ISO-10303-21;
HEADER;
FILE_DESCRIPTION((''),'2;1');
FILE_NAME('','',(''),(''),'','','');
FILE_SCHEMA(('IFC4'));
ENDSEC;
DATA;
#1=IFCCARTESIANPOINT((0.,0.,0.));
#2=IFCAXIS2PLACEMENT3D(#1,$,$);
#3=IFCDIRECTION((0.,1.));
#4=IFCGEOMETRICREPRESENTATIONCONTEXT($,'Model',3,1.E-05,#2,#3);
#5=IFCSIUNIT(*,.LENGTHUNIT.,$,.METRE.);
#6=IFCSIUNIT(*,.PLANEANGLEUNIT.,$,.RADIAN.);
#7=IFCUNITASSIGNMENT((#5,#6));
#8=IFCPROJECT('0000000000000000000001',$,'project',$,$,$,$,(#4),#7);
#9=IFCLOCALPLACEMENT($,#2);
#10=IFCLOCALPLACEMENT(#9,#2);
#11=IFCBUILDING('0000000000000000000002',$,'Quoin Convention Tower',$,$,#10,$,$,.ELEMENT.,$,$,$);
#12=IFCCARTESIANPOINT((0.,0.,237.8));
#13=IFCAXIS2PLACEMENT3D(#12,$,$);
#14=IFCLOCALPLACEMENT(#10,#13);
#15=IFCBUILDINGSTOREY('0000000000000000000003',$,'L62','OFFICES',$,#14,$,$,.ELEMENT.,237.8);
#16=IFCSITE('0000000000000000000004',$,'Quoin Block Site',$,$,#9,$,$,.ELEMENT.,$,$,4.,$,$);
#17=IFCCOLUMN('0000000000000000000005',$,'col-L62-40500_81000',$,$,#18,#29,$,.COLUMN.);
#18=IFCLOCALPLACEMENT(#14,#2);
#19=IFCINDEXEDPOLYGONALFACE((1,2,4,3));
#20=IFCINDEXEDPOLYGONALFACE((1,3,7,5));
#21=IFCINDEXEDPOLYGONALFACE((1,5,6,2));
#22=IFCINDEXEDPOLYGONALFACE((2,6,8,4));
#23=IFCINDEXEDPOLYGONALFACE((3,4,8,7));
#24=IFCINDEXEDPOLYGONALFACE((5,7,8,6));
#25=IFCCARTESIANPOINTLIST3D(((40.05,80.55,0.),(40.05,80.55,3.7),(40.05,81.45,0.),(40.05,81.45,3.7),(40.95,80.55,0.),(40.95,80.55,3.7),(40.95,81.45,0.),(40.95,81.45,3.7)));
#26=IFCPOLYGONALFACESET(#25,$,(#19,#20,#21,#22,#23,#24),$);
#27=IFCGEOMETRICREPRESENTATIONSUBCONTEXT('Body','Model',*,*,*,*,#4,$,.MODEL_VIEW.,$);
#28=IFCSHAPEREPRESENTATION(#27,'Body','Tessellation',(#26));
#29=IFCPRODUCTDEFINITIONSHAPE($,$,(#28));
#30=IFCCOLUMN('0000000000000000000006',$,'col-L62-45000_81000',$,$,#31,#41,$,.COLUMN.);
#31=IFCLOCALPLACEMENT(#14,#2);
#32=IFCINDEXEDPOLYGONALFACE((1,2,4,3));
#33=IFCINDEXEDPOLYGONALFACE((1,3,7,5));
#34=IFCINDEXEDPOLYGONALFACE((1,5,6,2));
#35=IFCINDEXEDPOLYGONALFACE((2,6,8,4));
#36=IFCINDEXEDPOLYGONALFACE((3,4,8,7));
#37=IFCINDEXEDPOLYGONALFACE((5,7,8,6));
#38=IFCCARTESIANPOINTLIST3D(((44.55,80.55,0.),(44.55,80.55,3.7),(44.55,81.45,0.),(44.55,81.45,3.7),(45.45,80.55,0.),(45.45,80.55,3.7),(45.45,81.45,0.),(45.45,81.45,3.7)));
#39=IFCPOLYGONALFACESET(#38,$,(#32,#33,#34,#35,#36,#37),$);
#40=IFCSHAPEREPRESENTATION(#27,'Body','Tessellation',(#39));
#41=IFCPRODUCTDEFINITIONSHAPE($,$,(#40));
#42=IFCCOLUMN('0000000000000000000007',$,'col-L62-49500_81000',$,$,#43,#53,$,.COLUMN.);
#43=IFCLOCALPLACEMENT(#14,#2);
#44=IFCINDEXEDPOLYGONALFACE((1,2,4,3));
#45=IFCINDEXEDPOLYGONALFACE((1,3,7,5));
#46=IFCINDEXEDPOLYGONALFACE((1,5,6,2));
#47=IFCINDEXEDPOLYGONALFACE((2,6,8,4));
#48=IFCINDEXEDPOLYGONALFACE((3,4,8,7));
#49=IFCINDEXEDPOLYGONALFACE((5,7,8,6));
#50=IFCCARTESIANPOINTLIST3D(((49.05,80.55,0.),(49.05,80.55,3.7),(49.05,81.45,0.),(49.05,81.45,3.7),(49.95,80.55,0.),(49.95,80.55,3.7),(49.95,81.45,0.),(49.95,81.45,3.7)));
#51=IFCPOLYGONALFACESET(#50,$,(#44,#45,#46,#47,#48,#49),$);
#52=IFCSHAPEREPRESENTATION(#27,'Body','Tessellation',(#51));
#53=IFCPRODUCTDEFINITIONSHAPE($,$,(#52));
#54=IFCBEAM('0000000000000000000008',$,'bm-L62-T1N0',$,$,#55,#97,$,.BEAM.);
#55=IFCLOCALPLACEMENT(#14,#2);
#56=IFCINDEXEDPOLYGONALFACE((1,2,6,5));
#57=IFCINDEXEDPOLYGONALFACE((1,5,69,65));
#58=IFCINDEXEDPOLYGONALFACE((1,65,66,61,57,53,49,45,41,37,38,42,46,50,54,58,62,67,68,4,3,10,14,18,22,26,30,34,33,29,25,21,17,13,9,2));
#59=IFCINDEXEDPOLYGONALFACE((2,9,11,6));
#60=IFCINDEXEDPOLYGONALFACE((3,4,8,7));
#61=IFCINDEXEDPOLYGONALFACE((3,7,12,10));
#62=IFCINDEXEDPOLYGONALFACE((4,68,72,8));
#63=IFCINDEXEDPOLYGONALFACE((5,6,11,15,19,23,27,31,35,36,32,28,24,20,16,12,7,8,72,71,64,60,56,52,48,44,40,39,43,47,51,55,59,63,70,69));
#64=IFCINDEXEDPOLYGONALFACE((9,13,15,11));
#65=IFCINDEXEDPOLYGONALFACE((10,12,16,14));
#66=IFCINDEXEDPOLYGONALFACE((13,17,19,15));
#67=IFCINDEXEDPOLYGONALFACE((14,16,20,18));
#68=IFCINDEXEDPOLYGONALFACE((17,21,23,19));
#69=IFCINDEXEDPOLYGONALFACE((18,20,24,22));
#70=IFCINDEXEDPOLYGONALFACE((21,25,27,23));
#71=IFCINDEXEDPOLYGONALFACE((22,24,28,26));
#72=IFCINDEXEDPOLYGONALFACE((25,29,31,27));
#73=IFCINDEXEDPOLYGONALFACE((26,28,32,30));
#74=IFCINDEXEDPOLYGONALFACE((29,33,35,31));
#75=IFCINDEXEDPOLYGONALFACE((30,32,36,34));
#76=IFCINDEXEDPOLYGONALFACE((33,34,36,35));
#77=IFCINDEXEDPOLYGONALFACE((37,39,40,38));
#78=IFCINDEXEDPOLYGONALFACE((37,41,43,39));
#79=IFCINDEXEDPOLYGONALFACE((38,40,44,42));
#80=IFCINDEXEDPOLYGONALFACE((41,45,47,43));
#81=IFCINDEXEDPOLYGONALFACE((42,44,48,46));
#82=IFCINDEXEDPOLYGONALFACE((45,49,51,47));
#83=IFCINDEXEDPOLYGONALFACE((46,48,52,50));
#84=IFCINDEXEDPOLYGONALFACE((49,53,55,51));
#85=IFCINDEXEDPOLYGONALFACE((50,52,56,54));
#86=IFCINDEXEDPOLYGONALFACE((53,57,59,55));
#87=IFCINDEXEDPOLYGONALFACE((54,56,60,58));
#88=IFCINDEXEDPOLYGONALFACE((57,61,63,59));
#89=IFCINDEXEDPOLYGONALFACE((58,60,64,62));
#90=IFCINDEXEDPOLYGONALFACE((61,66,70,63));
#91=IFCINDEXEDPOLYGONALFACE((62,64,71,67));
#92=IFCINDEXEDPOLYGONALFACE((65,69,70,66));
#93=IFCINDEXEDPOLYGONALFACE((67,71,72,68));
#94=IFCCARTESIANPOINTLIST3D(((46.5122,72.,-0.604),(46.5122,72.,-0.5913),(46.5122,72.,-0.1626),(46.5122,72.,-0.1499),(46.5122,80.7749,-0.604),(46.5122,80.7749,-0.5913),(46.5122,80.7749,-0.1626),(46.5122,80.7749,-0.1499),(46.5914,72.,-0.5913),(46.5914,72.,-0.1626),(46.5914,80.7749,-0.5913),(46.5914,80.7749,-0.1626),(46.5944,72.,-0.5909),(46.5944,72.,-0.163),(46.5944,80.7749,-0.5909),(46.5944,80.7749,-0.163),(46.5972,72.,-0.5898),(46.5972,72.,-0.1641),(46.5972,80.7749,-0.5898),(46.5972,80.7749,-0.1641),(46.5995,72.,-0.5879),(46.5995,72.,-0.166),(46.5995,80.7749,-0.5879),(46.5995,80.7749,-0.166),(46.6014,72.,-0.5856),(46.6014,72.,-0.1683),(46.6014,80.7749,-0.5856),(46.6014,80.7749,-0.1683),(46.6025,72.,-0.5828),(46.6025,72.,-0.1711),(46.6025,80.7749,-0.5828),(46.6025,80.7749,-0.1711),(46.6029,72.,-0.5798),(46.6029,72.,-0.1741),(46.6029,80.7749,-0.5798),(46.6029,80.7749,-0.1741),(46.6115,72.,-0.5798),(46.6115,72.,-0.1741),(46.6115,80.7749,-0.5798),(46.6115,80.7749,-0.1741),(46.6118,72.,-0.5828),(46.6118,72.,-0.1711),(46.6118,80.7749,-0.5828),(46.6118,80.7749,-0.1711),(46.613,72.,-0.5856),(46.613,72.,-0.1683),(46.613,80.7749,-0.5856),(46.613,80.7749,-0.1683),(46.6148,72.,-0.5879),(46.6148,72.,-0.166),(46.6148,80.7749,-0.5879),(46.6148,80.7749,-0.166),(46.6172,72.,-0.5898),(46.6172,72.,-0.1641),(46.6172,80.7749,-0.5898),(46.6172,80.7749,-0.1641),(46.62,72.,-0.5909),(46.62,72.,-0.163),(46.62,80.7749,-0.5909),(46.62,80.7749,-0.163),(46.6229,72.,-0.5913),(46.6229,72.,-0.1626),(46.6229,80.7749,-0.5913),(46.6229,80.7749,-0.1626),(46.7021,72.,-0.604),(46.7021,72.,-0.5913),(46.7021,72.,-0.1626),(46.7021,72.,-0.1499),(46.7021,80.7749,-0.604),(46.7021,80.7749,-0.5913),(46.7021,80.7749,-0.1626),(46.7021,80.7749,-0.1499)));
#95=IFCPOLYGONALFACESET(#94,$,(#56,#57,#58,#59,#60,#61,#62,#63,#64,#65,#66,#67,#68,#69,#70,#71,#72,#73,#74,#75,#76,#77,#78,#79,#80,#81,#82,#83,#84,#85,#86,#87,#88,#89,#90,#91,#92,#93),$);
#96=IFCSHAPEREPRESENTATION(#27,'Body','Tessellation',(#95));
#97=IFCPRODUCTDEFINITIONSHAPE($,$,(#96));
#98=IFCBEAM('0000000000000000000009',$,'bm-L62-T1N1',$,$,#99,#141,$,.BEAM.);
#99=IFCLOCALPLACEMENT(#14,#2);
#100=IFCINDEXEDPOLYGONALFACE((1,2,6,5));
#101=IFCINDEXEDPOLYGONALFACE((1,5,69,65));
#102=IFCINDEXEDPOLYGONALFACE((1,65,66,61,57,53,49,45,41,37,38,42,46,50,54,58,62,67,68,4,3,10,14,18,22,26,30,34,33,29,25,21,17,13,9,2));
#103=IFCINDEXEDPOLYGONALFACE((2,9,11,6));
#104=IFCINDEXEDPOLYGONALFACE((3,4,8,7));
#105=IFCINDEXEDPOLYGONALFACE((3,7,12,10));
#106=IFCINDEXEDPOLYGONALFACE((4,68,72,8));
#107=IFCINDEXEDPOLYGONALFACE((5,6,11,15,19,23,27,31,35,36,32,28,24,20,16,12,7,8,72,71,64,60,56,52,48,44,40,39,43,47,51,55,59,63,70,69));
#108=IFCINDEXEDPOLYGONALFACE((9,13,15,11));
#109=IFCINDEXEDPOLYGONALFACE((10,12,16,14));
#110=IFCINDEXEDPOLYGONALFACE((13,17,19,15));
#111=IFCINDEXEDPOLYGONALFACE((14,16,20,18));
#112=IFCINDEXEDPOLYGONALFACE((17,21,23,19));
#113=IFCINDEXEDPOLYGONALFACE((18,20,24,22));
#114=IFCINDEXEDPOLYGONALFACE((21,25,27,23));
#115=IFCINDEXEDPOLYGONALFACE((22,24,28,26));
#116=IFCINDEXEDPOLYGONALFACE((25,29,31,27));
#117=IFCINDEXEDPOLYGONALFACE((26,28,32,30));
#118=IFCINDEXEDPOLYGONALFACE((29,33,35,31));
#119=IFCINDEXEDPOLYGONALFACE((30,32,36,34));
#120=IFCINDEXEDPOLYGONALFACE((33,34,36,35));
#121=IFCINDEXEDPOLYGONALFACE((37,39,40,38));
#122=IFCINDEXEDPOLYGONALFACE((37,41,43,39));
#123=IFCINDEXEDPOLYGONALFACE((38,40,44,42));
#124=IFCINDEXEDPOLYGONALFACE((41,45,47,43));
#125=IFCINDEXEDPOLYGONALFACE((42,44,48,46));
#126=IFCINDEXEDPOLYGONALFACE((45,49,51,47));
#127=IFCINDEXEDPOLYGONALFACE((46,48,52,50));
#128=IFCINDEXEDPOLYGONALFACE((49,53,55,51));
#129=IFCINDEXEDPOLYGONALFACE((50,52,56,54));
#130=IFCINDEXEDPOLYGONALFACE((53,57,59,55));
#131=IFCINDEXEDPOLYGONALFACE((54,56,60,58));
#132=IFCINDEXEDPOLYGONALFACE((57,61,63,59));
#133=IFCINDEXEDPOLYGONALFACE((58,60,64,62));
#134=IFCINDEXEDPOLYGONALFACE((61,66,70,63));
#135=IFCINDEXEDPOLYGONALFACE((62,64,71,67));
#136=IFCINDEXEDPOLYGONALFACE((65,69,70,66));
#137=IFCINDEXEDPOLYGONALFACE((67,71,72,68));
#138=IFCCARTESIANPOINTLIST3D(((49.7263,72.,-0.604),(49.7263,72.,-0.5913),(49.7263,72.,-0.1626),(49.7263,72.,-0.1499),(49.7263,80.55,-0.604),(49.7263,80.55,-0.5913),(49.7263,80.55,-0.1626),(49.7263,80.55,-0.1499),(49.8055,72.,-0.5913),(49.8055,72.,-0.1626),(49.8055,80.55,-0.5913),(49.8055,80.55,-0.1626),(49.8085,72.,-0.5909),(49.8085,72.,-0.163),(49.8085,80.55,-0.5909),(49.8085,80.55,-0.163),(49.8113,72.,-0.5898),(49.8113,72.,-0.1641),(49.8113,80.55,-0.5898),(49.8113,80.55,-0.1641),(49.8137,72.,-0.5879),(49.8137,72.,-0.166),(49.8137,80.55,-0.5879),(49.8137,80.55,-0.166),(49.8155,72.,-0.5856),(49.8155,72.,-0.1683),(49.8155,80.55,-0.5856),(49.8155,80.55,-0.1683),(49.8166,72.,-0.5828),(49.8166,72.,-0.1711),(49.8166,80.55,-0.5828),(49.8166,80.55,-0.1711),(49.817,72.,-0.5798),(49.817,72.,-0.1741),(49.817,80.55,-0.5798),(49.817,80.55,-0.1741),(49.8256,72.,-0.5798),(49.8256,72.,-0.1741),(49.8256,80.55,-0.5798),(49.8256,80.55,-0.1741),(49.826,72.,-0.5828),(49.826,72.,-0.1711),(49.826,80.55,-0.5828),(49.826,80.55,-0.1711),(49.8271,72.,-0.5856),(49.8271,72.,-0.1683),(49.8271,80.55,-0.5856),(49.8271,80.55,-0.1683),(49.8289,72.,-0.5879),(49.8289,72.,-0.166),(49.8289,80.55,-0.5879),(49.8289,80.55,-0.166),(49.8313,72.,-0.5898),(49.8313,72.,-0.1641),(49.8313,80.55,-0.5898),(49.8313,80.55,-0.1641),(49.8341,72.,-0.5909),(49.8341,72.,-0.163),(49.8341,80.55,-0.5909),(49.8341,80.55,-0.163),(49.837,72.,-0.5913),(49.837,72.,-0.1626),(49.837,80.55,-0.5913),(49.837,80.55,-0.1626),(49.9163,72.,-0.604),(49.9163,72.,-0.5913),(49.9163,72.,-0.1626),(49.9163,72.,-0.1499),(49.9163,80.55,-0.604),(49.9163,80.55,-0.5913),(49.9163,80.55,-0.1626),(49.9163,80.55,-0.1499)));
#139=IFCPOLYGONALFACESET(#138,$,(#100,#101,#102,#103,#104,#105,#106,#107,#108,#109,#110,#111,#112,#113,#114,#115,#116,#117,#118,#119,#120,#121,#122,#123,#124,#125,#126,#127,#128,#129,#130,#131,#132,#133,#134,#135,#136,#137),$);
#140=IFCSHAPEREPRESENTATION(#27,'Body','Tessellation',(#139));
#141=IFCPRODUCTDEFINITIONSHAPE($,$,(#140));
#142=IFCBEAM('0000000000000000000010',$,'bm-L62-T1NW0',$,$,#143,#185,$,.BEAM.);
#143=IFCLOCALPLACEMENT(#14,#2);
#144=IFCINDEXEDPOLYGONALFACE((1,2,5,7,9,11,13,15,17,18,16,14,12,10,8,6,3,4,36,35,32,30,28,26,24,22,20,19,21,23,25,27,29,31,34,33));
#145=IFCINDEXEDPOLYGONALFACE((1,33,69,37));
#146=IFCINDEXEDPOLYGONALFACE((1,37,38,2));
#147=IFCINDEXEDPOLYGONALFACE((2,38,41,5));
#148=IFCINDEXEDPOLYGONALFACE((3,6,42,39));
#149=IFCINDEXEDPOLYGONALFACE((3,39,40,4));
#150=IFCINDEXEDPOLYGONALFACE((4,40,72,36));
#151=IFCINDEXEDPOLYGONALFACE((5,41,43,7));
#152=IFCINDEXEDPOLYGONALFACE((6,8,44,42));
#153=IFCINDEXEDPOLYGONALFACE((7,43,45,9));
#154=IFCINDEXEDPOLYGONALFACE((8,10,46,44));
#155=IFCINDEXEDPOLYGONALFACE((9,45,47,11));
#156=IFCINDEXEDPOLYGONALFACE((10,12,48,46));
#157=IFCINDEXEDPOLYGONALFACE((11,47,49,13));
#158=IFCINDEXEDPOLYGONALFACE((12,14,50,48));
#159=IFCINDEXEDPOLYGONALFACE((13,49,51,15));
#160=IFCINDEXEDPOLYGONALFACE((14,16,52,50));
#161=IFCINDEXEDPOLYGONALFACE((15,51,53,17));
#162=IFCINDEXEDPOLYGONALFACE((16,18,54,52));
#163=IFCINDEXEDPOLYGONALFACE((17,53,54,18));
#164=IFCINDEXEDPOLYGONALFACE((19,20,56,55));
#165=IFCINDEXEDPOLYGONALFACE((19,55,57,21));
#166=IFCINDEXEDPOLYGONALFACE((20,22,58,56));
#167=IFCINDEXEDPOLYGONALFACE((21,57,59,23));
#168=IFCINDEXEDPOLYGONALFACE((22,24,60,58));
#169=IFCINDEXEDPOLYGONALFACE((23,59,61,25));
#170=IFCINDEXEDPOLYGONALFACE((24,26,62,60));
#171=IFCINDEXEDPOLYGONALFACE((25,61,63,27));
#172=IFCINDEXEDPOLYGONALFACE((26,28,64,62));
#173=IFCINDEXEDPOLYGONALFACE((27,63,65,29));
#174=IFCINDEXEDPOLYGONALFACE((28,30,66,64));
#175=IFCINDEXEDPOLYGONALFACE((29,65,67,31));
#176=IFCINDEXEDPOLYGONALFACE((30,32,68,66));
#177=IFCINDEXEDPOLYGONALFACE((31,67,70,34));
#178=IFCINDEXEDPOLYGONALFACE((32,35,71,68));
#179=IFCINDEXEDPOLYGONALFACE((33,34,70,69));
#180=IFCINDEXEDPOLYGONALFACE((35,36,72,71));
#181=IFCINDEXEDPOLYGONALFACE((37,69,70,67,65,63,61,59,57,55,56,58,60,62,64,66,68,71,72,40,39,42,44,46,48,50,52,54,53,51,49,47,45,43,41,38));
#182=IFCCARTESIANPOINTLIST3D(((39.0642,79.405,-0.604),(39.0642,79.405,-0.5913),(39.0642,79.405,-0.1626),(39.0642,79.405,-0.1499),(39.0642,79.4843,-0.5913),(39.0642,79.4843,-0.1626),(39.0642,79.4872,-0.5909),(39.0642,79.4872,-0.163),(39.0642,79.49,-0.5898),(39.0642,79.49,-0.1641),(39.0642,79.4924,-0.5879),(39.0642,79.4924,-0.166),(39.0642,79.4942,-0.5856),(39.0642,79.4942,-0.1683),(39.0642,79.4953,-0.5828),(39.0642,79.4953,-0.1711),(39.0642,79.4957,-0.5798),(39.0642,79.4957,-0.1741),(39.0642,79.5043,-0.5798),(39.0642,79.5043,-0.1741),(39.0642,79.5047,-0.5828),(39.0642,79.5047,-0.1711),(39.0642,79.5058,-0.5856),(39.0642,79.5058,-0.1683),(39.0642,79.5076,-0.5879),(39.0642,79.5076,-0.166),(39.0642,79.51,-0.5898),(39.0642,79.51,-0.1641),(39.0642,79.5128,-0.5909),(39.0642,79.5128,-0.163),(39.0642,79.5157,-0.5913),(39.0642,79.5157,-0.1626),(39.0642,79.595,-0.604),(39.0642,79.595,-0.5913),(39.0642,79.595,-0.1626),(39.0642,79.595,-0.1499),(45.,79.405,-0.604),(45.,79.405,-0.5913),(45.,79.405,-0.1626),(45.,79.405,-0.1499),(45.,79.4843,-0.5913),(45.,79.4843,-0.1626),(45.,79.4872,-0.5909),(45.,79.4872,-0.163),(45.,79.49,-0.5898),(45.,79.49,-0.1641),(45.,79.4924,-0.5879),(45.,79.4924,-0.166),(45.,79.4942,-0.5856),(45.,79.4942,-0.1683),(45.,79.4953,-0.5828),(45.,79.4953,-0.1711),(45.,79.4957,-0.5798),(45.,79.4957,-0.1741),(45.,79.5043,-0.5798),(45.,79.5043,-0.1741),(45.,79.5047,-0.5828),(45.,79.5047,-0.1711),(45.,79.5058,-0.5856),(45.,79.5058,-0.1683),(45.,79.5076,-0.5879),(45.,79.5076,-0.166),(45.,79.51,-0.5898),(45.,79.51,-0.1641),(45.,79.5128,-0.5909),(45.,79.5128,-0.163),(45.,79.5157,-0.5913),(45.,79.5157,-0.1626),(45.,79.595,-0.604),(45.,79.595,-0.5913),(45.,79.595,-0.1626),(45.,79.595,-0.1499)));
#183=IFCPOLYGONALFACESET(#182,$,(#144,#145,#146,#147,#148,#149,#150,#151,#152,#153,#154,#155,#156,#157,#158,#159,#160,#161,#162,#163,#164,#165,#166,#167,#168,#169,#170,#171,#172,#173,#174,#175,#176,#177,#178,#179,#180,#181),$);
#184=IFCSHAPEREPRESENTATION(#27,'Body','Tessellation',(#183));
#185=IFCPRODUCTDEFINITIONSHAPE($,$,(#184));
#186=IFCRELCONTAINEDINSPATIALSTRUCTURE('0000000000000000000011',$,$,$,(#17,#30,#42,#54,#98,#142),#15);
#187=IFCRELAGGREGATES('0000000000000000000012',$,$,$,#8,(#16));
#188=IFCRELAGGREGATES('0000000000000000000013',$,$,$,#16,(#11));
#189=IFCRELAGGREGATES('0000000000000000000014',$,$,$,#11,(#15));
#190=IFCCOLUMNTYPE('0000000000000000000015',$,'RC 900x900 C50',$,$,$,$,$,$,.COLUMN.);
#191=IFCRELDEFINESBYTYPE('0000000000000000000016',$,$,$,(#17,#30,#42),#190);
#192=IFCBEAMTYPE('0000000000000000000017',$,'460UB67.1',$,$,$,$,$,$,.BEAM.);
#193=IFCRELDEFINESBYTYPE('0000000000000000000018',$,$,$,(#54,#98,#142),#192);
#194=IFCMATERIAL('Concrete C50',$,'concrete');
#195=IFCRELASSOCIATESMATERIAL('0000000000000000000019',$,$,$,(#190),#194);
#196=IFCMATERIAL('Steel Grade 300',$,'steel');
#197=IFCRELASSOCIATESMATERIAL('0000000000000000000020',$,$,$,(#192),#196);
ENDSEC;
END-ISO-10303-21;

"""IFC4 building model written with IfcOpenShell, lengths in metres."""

from ifc_helpers import new_model, si_unit, direction, frame, origin, origin_2d, place, context, subcontext, project, spatial, rectangle, i_section, extrude, material, material_profile, profile_set, type_object, element, save


model = new_model("IFC4")

# Units and contexts
model_context = context("Model", 3, precision=1e-05, world=origin(), true_north=direction((0.0, 1.0)))
body_context = subcontext(model_context, "Body", "Model", "MODEL_VIEW")
ifc_project = project(units=[si_unit("LENGTHUNIT", "METRE"), si_unit("PLANEANGLEUNIT", "RADIAN")], contexts=[model_context])

# Site, building, storey
site_placement = place(None, origin())
site = spatial("IfcSite", under=ifc_project, at=site_placement, Name="Quoin Block Site", CompositionType="ELEMENT", RefElevation=4.0)
building_placement = place(site_placement, origin())
building = spatial("IfcBuilding", under=site, at=building_placement, Name="Quoin Convention Tower", CompositionType="ELEMENT")
storey_placement = place(building_placement, frame((0.0, 0.0, 237.8)))
storey = spatial("IfcBuildingStorey", under=building, at=storey_placement, Name="L62", Description="OFFICES", CompositionType="ELEMENT", Elevation=237.8)

# Columns
ifc_material_1 = material(Name="Concrete C50", Category="concrete")
ifc_material_profile_1 = material_profile(ifc_material_1, rectangle(XDim=0.8999, YDim=0.8999, at=origin_2d()), Name="RC 900x900")
ifc_profile_set_1 = profile_set([ifc_material_profile_1], Name="Concrete C50")
column_type = type_object("IfcColumnType", Name="RC 900x900 C50", PredefinedType="COLUMN", material=ifc_profile_set_1)
for number, where, z_axis, x_axis, name in (
    (1, (40.5, 81.0, 0.0), (0.0, 0.0, 1.0), (1.0, 0.0, 0.0), "col-L62-40500_81000"),
    (2, (45.0, 81.0, 0.0), (0.0, 0.0, 1.0), (1.0, 0.0, 0.0), "col-L62-45000_81000"),
    (3, (49.5, 81.0, 0.0), (0.0, 0.0, 1.0), (1.0, 0.0, 0.0), "col-L62-49500_81000"),
):
    element("IfcColumn", number, at=place(storey_placement, frame(where, z_axis=z_axis, x_axis=x_axis)), inside=storey, type_object=column_type, Name=name, PredefinedType="COLUMN", context=body_context, shape_type="SweptSolid", body=[
        extrude(rectangle(XDim=0.8999, YDim=0.8999, at=origin_2d()), origin(), (0.0, 0.0, 1.0), 3.7),
    ])

# Beams
ifc_material_2 = material(Name="Steel Grade 300", Category="steel")
ifc_material_profile_2 = material_profile(ifc_material_2, i_section(OverallWidth=0.1899, OverallDepth=0.4541, WebThickness=0.0085, FlangeThickness=0.0127, FilletRadius=0.0115, at=origin_2d()), Name="460UB67.1")
ifc_profile_set_2 = profile_set([ifc_material_profile_2], Name="Steel Grade 300")
beam_type_1 = type_object("IfcBeamType", Name="460UB67.1", PredefinedType="BEAM", material=ifc_profile_set_2)
beam_1_placement = place(storey_placement, frame((46.6072, 72.0, -0.377), z_axis=(0.0, 1.0, 0.0), x_axis=(-1.0, 0.0, 0.0)))
element("IfcBeam", 4, at=beam_1_placement, inside=storey, type_object=beam_type_1, Name="bm-L62-T1N0", PredefinedType="BEAM", context=body_context, shape_type="SweptSolid", body=[
    extrude(i_section(OverallWidth=0.1899, OverallDepth=0.4541, WebThickness=0.0085, FlangeThickness=0.0127, FilletRadius=0.0115, at=origin_2d()), origin(), (0.0, 0.0, 1.0), 8.7749),
])
beam_2_placement = place(storey_placement, frame((49.8213, 72.0, -0.377), z_axis=(0.0, 1.0, 0.0), x_axis=(-1.0, 0.0, 0.0)))
element("IfcBeam", 5, at=beam_2_placement, inside=storey, type_object=beam_type_1, Name="bm-L62-T1N1", PredefinedType="BEAM", context=body_context, shape_type="SweptSolid", body=[
    extrude(i_section(OverallWidth=0.1899, OverallDepth=0.4541, WebThickness=0.0085, FlangeThickness=0.0127, FilletRadius=0.0115, at=origin_2d()), origin(), (0.0, 0.0, 1.0), 8.55),
])
beam_3_placement = place(storey_placement, frame((39.0642, 79.5, -0.377), z_axis=(1.0, 0.0, 0.0), x_axis=(0.0, 1.0, 0.0)))
element("IfcBeam", 6, at=beam_3_placement, inside=storey, type_object=beam_type_1, Name="bm-L62-T1NW0", PredefinedType="BEAM", context=body_context, shape_type="SweptSolid", body=[
    extrude(i_section(OverallWidth=0.1899, OverallDepth=0.4541, WebThickness=0.0085, FlangeThickness=0.0127, FilletRadius=0.0115, at=origin_2d()), origin(), (0.0, 0.0, 1.0), 5.9358),
])

save(model, "model.ifc")
